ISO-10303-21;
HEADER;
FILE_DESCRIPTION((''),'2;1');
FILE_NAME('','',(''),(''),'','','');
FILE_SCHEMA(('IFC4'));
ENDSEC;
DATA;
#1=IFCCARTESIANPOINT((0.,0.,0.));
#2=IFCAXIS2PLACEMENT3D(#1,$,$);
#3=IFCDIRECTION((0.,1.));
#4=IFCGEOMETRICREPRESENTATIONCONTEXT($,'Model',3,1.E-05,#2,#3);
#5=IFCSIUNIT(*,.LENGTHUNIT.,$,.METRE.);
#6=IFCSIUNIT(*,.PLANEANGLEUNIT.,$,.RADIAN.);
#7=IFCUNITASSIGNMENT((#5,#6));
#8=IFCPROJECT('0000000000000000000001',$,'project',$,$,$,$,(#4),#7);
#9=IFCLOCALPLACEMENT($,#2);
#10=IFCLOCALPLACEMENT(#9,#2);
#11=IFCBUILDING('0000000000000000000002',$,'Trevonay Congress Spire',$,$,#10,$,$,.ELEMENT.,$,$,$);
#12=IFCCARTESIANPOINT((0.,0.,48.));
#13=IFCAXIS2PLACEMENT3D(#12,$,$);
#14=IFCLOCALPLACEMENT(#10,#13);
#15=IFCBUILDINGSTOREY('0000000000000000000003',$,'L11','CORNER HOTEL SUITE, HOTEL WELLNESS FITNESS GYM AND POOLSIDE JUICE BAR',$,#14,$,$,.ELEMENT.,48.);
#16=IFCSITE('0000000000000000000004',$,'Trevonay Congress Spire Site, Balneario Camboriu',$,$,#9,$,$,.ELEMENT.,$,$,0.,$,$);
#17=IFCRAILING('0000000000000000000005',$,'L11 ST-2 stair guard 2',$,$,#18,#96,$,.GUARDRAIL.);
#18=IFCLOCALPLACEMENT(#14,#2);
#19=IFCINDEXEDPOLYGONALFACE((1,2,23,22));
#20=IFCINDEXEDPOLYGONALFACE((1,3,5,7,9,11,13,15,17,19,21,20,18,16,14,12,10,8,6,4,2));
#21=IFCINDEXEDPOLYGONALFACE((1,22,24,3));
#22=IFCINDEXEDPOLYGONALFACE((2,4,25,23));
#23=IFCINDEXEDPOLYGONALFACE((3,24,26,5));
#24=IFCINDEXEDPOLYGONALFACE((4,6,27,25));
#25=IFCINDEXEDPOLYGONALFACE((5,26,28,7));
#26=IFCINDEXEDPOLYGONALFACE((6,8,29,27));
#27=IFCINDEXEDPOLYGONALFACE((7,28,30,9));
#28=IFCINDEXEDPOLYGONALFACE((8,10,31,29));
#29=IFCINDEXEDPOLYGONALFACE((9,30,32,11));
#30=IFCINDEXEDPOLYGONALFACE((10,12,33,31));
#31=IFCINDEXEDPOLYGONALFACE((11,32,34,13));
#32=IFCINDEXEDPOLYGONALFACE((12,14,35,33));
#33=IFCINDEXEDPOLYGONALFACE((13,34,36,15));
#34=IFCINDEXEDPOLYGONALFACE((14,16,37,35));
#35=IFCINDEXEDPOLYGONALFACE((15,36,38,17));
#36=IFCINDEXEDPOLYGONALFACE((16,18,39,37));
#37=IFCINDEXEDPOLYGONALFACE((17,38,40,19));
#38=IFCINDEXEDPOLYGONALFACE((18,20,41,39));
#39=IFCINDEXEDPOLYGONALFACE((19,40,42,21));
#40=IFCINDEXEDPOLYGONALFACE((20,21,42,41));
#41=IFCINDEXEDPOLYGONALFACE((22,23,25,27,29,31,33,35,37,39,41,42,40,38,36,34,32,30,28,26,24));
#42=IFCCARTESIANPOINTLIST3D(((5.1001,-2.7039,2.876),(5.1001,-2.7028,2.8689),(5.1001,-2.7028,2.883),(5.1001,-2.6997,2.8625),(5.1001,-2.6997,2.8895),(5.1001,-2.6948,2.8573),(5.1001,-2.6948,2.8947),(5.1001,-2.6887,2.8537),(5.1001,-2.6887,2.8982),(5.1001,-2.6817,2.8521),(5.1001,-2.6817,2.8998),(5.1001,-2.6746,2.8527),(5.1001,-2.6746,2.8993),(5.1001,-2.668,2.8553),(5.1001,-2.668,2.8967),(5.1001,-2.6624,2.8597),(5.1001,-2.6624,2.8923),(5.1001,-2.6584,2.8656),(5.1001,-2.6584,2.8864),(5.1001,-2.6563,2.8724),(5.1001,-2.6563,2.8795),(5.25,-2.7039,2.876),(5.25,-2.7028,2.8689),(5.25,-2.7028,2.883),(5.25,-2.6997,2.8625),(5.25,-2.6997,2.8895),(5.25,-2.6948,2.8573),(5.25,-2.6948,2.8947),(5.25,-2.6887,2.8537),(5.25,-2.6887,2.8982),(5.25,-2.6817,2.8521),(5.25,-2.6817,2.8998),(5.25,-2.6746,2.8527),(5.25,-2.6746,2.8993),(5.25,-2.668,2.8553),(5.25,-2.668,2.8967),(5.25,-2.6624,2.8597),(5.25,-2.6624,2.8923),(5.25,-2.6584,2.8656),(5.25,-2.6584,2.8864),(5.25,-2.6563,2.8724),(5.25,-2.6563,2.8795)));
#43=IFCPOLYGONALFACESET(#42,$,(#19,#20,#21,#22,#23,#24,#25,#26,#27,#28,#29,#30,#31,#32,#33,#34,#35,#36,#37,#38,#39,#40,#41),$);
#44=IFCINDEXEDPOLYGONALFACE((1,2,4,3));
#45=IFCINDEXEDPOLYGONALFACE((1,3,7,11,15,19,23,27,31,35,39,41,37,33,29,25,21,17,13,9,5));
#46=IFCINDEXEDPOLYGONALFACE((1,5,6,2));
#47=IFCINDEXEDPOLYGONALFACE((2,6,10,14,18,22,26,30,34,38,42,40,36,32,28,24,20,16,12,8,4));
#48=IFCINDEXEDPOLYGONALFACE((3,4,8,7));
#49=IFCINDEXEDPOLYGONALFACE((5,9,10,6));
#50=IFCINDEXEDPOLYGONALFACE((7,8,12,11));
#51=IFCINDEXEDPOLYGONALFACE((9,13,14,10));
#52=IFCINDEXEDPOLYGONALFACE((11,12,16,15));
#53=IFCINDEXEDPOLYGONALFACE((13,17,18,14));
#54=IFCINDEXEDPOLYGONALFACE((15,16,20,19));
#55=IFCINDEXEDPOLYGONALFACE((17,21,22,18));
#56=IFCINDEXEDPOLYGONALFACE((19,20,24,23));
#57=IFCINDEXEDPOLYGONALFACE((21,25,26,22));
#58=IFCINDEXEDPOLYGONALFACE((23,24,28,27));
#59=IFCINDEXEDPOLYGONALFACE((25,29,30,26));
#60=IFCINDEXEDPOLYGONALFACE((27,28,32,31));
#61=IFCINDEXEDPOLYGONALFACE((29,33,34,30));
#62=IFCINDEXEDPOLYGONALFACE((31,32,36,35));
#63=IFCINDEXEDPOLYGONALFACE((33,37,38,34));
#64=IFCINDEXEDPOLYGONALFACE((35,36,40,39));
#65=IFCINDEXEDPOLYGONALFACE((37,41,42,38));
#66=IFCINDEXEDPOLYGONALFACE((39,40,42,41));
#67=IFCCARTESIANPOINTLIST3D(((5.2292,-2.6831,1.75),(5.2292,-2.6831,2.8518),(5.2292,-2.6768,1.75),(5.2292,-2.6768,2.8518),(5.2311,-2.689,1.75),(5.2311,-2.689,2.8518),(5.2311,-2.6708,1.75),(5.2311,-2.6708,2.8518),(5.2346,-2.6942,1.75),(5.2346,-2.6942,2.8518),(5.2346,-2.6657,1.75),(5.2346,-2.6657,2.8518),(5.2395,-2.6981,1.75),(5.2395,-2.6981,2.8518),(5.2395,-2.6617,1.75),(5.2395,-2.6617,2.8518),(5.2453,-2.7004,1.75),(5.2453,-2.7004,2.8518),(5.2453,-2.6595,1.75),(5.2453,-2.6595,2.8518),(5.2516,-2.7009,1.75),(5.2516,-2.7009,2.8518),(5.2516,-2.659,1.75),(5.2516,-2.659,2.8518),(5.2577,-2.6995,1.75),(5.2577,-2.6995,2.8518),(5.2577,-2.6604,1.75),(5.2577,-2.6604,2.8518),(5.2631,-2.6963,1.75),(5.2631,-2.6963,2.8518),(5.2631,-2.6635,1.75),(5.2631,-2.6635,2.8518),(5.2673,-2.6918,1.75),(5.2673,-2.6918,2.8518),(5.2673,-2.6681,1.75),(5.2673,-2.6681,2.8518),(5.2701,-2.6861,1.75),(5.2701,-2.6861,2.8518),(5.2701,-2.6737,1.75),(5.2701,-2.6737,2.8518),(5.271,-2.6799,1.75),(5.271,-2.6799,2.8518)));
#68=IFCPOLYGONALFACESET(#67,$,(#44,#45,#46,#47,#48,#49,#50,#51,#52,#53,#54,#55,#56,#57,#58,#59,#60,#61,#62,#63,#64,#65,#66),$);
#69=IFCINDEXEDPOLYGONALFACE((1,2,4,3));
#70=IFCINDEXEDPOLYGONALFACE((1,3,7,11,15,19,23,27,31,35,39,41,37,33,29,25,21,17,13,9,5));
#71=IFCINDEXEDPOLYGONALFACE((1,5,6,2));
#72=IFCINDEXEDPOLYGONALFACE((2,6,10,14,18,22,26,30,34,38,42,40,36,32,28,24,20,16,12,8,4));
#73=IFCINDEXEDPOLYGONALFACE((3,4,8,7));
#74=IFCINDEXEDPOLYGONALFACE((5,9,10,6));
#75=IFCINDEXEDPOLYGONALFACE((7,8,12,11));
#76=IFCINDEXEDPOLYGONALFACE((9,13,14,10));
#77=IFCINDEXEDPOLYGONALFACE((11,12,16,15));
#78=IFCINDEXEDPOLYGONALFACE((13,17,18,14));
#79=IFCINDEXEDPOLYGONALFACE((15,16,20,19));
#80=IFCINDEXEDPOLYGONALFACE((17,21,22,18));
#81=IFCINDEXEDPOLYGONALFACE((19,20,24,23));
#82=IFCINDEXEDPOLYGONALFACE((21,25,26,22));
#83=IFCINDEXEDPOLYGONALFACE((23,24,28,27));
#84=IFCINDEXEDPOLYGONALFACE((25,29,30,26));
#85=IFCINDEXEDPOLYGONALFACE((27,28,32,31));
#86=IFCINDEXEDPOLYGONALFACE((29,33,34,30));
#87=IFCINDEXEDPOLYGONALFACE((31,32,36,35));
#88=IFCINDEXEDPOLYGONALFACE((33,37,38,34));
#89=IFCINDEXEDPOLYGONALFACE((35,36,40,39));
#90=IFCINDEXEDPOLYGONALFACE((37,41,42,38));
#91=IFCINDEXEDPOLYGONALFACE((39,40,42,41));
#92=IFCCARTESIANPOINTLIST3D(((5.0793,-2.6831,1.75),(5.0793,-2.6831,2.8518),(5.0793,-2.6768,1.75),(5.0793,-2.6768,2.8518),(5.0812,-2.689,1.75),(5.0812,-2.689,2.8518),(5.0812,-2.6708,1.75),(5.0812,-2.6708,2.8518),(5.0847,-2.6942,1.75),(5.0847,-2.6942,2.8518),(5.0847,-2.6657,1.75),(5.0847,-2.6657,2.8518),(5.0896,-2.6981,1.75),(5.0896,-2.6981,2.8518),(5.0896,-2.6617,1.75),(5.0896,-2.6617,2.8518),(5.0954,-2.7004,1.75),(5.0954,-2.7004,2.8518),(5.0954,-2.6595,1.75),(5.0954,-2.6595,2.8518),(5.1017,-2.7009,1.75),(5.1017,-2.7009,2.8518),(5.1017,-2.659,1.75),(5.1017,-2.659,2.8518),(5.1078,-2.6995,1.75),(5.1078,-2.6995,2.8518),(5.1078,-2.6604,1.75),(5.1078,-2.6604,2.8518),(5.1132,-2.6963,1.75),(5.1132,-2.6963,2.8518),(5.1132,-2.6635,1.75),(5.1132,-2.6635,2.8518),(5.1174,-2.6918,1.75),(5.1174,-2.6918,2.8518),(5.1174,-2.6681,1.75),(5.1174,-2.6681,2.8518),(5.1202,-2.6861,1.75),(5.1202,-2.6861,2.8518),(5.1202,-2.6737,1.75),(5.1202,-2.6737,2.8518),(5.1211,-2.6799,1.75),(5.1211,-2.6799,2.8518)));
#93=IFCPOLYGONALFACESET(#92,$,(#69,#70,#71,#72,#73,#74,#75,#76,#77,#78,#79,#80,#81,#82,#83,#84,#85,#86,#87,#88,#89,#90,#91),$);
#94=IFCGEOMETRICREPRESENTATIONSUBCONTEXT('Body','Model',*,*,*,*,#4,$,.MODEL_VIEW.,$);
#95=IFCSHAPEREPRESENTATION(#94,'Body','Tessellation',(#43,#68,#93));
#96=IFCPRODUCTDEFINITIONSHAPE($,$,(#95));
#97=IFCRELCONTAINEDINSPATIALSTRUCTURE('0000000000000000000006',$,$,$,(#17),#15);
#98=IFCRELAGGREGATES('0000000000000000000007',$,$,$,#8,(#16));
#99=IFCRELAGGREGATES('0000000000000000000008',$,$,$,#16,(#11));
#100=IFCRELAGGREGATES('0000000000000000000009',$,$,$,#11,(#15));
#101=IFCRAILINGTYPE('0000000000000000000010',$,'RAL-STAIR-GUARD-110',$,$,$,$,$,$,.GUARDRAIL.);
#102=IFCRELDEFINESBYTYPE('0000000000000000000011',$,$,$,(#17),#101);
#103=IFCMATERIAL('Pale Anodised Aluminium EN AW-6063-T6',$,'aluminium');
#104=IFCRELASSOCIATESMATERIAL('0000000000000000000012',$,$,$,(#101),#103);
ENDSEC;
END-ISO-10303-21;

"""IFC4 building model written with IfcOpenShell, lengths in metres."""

from ifc_helpers import new_model, si_unit, direction, frame, origin, origin_2d, place, context, subcontext, project, spatial, circle, extrude, material, type_object, element, save


model = new_model("IFC4")

# Units and contexts
model_context = context("Model", 3, precision=1e-05, world=origin(), true_north=direction((0.0, 1.0)))
body_context = subcontext(model_context, "Body", "Model", "MODEL_VIEW")
ifc_project = project(units=[si_unit("LENGTHUNIT", "METRE"), si_unit("PLANEANGLEUNIT", "RADIAN")], contexts=[model_context])

# Site, building, storey
site_placement = place(None, origin())
site = spatial("IfcSite", under=ifc_project, at=site_placement, Name="Trevonay Congress Spire Site, Balneario Camboriu", CompositionType="ELEMENT", RefElevation=0.0)
building_placement = place(site_placement, origin())
building = spatial("IfcBuilding", under=site, at=building_placement, Name="Trevonay Congress Spire", CompositionType="ELEMENT")
storey_placement = place(building_placement, frame((0.0, 0.0, 48.0)))
storey = spatial("IfcBuildingStorey", under=building, at=storey_placement, Name="L11", Description="CORNER HOTEL SUITE, HOTEL WELLNESS FITNESS GYM AND POOLSIDE JUICE BAR", CompositionType="ELEMENT", Elevation=48.0)

# Railing
ifc_material_1 = material(Name="Pale Anodised Aluminium EN AW-6063-T6", Category="aluminium")
railing_type_1 = type_object("IfcRailingType", Name="RAL-STAIR-GUARD-110", PredefinedType="GUARDRAIL", material=ifc_material_1)
railing_1_placement = place(storey_placement, frame((5.25, -2.6799, 1.75)))
element("IfcRailing", 1, at=railing_1_placement, inside=storey, type_object=railing_type_1, Name="L11 ST-2 stair guard 2", PredefinedType="GUARDRAIL", context=body_context, shape_type="SweptSolid", body=[
    extrude(circle(Radius=0.0239, at=origin_2d()), frame((0.0, 0.0, 1.126), z_axis=(-1.0, 0.0, 0.0), x_axis=(0.0, -1.0, 0.0)), (0.0, 0.0, 1.0), 0.1499),
    extrude(circle(Radius=0.021, at=origin_2d()), origin(), (0.0, 0.0, 1.0), 1.1018),
    extrude(circle(Radius=0.021, at=origin_2d()), frame((-0.1499, 0.0, 0.0)), (0.0, 0.0, 1.0), 1.1018),
])

save(model, "model.ifc")
